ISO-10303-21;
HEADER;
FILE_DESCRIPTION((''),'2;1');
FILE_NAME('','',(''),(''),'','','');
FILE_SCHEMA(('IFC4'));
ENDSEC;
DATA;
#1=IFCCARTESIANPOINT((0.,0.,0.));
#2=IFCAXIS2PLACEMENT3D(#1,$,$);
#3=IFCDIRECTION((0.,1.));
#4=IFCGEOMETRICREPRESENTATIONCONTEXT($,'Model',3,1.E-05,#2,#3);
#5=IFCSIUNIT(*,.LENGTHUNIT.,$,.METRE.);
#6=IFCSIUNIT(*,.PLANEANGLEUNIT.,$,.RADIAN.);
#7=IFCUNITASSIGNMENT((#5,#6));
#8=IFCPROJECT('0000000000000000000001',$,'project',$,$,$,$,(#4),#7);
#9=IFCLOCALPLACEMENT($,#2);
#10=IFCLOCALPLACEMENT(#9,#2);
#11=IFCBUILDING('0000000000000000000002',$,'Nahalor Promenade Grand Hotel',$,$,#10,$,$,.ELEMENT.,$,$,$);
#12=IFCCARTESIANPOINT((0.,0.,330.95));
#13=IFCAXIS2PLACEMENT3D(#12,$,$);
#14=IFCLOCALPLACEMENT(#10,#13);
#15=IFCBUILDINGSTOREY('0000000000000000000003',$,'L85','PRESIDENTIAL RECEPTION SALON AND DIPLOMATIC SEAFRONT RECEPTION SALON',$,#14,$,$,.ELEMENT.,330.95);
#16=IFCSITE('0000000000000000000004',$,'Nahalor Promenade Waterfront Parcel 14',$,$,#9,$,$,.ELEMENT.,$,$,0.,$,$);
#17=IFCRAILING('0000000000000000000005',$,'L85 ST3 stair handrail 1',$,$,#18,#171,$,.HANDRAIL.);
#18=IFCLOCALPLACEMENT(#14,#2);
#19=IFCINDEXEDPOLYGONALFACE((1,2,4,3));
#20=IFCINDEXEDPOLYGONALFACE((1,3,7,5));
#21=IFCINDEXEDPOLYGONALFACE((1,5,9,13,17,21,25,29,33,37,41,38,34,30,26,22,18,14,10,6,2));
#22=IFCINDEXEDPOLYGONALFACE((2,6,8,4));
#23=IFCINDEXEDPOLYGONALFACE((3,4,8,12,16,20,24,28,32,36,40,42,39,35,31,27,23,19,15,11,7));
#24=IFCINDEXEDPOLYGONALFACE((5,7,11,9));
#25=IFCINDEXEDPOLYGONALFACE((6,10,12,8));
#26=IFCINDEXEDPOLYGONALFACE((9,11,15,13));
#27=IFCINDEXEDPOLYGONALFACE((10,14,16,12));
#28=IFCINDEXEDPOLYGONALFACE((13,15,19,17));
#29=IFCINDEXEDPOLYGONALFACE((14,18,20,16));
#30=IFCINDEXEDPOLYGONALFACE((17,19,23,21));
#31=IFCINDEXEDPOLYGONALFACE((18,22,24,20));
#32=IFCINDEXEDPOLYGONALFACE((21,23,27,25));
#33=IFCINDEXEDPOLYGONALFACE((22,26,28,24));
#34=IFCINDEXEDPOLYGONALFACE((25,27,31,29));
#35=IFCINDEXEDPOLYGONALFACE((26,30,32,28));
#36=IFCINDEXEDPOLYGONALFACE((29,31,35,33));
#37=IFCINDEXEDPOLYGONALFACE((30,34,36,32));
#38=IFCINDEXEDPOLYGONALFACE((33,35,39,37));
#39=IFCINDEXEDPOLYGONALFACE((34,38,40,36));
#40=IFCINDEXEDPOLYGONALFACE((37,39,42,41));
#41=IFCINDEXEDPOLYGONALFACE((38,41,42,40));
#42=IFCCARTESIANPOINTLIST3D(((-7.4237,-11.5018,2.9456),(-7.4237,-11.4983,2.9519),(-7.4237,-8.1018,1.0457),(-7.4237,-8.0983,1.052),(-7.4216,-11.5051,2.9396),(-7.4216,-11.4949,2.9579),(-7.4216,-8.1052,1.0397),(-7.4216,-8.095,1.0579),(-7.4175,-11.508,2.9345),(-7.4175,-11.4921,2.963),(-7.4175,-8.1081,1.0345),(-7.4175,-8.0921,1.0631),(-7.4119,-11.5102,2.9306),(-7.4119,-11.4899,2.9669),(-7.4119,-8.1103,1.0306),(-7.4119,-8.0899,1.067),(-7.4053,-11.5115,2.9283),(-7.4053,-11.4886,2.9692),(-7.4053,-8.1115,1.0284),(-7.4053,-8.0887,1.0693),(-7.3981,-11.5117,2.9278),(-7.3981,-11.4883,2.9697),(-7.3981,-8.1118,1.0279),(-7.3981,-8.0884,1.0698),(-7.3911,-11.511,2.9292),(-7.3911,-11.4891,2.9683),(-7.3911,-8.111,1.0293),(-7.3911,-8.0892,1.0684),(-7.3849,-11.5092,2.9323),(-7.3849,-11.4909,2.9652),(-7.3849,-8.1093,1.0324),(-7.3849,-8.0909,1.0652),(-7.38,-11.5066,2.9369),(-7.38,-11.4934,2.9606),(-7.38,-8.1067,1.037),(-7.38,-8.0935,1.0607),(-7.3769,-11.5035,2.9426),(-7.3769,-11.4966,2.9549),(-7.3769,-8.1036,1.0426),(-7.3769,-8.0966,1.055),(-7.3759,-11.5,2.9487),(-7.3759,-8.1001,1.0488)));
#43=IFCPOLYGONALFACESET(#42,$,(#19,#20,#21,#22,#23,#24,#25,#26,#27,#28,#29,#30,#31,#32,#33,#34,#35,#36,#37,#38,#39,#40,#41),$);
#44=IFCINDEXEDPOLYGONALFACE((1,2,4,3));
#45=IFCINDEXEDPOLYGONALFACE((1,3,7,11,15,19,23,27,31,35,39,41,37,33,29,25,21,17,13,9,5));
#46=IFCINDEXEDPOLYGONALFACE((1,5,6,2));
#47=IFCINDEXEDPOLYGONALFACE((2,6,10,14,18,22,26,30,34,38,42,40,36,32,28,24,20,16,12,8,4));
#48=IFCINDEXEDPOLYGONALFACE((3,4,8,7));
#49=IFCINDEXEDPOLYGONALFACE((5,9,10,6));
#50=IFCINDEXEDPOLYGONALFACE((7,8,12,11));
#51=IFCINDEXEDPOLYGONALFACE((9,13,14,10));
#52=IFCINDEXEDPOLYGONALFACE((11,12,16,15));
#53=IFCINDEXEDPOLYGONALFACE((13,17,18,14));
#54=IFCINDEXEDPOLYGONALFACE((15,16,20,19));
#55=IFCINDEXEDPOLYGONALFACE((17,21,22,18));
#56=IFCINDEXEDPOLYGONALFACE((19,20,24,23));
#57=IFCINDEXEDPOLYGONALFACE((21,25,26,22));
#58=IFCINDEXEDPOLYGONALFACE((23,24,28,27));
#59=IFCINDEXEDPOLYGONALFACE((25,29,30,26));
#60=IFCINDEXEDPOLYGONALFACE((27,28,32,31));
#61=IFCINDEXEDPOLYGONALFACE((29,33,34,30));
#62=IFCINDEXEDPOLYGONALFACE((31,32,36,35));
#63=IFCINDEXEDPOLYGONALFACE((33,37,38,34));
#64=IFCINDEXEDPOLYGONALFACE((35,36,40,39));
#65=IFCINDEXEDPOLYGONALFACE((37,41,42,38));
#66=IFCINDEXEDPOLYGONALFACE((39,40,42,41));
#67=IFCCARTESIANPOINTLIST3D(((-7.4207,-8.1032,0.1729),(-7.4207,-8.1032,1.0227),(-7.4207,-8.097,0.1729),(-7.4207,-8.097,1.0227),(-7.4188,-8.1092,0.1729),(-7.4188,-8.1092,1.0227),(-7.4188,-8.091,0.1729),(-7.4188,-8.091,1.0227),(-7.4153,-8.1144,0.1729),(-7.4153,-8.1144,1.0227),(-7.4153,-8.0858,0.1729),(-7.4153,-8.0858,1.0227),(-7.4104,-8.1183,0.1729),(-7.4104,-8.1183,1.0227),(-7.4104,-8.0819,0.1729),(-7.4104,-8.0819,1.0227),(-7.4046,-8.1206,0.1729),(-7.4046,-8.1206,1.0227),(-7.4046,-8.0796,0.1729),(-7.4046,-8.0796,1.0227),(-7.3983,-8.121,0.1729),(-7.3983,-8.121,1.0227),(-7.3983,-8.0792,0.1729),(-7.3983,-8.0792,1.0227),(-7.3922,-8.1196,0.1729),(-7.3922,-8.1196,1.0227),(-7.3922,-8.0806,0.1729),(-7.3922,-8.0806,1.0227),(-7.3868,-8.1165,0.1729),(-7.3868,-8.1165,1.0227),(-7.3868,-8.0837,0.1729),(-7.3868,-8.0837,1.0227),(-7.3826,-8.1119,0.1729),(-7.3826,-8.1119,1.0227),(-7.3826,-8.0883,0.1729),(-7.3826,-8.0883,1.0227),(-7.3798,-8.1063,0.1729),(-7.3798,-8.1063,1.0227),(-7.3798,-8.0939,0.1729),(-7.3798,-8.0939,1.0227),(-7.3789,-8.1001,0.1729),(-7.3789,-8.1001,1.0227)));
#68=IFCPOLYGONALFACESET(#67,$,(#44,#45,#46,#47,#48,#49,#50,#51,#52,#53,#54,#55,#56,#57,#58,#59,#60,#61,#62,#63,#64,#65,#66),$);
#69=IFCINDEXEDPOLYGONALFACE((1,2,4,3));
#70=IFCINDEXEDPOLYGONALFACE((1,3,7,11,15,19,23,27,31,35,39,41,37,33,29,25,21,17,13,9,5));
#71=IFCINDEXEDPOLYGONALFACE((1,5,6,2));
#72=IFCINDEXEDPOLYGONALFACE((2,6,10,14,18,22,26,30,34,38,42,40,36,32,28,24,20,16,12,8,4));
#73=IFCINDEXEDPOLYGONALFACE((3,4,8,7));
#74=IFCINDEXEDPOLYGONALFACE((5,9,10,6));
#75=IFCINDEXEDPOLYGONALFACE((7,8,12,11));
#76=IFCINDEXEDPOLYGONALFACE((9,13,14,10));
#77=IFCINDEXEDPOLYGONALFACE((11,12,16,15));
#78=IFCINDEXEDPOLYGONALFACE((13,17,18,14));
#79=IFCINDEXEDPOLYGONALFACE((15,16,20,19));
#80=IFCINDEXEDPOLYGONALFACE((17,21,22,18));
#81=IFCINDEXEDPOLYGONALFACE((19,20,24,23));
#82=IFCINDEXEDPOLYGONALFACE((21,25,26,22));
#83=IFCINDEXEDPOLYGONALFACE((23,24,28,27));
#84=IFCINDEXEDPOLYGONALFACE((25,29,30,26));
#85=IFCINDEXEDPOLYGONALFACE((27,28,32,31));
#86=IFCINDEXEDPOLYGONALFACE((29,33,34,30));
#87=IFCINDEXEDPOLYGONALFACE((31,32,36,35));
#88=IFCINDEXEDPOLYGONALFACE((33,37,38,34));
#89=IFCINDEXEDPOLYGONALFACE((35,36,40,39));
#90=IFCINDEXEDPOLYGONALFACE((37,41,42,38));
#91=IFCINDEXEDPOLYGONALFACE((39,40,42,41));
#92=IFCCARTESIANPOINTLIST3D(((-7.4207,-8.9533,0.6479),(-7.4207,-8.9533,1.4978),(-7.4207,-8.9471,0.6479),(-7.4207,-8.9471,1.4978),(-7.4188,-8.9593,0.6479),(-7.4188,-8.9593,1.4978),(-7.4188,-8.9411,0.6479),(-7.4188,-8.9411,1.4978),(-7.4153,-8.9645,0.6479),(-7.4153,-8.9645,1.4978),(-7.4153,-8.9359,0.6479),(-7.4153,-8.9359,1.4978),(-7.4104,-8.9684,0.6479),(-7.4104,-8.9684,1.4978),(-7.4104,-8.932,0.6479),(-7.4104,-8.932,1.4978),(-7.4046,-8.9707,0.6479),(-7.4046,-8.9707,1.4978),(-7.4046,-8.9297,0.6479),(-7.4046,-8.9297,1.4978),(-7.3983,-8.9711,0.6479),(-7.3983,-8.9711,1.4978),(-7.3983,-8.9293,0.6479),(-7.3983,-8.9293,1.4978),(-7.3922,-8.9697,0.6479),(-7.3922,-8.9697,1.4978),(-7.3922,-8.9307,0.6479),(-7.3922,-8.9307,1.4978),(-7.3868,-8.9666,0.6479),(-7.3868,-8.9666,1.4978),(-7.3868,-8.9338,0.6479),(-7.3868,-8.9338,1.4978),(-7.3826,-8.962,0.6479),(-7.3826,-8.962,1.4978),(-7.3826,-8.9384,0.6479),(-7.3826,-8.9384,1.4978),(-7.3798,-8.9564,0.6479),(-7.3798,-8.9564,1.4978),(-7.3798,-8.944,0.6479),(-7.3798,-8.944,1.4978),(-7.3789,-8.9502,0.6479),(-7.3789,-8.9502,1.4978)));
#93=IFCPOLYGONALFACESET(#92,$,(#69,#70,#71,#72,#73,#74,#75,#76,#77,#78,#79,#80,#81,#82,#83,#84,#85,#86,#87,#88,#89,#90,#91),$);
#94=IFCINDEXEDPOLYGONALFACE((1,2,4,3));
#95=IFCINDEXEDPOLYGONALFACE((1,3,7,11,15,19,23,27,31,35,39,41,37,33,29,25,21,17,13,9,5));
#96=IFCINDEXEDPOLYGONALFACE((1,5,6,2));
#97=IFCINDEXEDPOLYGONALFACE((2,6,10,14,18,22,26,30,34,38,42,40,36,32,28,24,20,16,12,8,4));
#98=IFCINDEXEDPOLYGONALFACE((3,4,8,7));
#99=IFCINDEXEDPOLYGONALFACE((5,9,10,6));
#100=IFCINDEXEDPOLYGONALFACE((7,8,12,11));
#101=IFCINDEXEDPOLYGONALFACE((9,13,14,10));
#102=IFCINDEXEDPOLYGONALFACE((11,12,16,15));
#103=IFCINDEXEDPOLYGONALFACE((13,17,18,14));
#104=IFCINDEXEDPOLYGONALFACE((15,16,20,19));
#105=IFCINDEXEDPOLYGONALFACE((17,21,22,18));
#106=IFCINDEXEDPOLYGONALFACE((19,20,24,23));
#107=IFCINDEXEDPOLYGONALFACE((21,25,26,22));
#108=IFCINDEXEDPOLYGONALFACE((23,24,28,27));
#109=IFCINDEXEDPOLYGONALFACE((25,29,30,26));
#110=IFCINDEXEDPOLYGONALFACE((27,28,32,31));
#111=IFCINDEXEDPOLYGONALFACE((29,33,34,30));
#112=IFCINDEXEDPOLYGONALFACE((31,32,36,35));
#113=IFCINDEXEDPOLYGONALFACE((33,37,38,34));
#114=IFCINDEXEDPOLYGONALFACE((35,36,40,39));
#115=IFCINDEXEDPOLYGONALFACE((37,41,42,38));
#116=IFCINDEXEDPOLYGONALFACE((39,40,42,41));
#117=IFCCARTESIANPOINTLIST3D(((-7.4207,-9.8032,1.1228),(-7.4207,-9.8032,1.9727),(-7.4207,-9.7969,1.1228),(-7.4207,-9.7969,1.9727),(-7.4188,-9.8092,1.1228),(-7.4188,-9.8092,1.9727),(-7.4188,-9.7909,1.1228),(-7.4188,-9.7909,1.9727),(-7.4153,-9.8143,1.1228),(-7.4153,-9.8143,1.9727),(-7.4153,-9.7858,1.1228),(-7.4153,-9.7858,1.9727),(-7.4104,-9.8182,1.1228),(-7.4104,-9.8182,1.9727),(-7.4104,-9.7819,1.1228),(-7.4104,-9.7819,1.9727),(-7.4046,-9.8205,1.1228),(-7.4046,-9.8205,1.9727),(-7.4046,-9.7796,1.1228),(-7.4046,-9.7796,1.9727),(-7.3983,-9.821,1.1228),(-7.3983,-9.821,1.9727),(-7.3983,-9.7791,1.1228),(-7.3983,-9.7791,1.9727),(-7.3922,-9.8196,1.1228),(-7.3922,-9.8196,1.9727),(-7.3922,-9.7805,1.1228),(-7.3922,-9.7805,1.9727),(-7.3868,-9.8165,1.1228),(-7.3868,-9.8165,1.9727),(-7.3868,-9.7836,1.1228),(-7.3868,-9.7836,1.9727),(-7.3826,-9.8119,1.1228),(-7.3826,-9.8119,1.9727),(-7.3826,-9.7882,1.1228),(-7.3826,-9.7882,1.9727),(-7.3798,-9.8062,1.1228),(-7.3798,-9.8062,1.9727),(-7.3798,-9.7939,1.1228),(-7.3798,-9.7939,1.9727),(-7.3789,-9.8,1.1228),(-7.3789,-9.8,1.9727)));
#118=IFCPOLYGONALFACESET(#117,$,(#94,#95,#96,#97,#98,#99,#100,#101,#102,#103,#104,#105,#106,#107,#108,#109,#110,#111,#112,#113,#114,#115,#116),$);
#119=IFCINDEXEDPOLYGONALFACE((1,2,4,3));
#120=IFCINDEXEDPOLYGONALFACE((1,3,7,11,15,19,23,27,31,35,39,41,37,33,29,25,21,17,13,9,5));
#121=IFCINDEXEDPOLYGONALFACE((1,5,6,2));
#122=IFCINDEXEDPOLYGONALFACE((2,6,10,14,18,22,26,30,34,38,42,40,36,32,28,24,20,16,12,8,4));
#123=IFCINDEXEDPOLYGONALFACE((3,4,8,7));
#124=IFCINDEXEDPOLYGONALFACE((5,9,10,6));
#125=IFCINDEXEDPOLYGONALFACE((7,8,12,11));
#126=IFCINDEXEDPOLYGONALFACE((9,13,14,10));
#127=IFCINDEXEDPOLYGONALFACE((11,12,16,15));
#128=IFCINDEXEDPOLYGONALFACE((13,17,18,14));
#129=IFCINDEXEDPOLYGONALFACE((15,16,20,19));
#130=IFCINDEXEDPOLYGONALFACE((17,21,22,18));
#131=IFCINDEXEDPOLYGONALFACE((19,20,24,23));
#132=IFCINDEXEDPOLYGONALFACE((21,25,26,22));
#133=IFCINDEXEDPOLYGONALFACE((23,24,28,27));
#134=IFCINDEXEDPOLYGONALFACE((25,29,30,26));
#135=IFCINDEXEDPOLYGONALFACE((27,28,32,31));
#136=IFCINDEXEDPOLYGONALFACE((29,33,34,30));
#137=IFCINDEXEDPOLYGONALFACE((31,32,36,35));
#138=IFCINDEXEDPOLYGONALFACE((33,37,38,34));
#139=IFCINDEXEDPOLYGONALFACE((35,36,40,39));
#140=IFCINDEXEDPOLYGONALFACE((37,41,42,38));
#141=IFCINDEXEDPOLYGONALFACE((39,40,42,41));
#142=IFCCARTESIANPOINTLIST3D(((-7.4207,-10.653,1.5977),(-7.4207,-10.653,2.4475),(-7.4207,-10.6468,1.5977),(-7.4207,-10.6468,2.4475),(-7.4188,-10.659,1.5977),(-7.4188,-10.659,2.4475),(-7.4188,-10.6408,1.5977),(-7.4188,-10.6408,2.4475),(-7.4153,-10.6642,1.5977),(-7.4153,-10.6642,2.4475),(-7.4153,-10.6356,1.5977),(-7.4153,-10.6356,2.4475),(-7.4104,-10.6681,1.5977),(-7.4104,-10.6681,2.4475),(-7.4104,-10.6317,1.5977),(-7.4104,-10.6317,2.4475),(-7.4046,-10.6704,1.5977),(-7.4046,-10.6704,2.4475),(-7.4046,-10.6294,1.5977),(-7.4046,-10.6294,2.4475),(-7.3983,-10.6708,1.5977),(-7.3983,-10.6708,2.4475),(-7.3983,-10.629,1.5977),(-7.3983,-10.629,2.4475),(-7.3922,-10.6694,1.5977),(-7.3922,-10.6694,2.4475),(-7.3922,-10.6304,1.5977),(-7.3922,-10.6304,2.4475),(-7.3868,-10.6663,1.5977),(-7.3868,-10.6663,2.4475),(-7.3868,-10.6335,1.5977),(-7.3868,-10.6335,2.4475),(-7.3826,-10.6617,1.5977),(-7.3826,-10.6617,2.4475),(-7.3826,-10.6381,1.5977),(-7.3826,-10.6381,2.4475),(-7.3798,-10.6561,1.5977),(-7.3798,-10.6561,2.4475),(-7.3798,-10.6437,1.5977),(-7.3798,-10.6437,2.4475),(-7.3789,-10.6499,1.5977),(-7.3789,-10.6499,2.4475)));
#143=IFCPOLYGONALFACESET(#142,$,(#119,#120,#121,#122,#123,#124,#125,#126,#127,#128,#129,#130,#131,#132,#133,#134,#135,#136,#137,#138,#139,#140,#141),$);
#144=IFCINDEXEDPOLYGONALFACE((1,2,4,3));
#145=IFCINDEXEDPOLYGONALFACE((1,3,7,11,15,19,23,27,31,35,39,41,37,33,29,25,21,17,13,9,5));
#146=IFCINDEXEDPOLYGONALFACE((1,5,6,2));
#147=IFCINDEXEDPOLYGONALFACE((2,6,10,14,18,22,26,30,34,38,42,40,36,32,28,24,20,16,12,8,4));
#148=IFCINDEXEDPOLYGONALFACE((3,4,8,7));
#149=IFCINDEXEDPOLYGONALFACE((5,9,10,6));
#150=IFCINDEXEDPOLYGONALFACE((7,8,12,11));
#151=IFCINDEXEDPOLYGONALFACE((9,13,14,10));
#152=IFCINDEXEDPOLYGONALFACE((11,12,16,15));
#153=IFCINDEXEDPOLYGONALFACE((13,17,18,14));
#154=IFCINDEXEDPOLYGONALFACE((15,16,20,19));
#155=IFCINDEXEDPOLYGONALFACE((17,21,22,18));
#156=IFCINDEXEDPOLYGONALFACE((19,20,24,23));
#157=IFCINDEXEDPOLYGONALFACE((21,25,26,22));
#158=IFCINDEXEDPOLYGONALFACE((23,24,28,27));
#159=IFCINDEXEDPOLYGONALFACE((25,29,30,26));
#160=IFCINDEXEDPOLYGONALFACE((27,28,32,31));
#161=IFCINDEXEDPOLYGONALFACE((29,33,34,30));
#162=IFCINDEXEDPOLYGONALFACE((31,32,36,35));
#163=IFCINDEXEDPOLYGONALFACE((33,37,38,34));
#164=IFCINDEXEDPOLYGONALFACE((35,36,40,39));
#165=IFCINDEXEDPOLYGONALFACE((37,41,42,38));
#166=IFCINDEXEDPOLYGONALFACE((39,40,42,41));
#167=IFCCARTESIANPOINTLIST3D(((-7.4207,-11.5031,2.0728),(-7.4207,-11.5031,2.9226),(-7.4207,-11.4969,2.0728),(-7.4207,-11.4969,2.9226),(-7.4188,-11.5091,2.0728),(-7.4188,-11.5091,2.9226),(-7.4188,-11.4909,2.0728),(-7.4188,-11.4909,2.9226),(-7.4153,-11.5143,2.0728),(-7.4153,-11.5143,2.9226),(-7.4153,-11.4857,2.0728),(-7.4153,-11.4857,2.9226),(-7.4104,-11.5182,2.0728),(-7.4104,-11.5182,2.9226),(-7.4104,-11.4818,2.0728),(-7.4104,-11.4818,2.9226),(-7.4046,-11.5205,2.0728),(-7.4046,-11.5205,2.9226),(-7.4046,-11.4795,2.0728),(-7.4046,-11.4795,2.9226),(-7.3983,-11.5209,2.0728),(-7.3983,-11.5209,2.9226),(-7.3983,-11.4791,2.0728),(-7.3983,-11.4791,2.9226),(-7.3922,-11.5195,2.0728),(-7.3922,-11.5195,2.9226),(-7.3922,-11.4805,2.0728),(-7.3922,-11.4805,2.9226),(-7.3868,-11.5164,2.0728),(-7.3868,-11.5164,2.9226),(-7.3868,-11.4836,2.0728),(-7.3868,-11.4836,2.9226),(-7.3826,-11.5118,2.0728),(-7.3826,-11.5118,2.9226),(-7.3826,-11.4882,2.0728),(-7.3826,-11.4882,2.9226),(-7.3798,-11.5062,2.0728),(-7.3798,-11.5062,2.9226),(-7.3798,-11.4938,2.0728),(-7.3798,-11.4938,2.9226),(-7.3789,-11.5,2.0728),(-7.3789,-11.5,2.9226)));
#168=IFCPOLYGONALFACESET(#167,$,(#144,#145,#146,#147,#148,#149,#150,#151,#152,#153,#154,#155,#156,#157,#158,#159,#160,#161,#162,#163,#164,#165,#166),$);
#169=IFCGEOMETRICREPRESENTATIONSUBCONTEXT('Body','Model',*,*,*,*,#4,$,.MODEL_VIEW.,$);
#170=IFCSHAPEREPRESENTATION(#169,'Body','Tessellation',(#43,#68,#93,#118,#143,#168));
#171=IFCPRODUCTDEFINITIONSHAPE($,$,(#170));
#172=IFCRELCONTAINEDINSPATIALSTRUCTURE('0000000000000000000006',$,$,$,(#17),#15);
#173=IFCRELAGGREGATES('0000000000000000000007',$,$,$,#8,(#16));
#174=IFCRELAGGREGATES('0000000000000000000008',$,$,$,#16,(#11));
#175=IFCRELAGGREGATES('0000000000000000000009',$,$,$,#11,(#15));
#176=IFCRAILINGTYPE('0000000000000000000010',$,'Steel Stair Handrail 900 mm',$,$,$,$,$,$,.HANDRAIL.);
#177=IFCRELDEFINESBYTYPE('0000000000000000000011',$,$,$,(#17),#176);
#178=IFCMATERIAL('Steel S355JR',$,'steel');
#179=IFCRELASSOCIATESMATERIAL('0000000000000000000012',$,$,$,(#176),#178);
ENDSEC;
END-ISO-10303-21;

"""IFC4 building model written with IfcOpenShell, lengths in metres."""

from ifc_helpers import new_model, si_unit, direction, frame, origin, origin_2d, place, context, subcontext, project, spatial, circle, extrude, material, type_object, element, save


model = new_model("IFC4")

# Units and contexts
model_context = context("Model", 3, precision=1e-05, world=origin(), true_north=direction((0.0, 1.0)))
body_context = subcontext(model_context, "Body", "Model", "MODEL_VIEW")
ifc_project = project(units=[si_unit("LENGTHUNIT", "METRE"), si_unit("PLANEANGLEUNIT", "RADIAN")], contexts=[model_context])

# Site, building, storey
site_placement = place(None, origin())
site = spatial("IfcSite", under=ifc_project, at=site_placement, Name="Nahalor Promenade Waterfront Parcel 14", CompositionType="ELEMENT", RefElevation=0.0)
building_placement = place(site_placement, origin())
building = spatial("IfcBuilding", under=site, at=building_placement, Name="Nahalor Promenade Grand Hotel", CompositionType="ELEMENT")
storey_placement = place(building_placement, frame((0.0, 0.0, 330.95)))
storey = spatial("IfcBuildingStorey", under=building, at=storey_placement, Name="L85", Description="PRESIDENTIAL RECEPTION SALON AND DIPLOMATIC SEAFRONT RECEPTION SALON", CompositionType="ELEMENT", Elevation=330.95)

# Shared definitions
ifc_material_1 = material(Name="Steel S355JR", Category="steel")

# Railing
railing_type_1 = type_object("IfcRailingType", Name="Steel Stair Handrail 900 mm", PredefinedType="HANDRAIL", material=ifc_material_1)
railing_1_placement = place(storey_placement, frame((-7.3999, -8.1001, 0.1729)))
element("IfcRailing", 1, at=railing_1_placement, inside=storey, type_object=railing_type_1, Name="L85 ST3 stair handrail 1", PredefinedType="HANDRAIL", context=body_context, shape_type="SweptSolid", body=[
    extrude(circle(Radius=0.024, at=origin_2d()), frame((0.0, 0.0, 0.876), z_axis=(0.0, -0.872948, 0.487813), x_axis=(1.0, 0.0, 0.0)), (0.0, 0.0, 1.0), 3.8948),
    extrude(circle(Radius=0.021, at=origin_2d()), origin(), (0.0, 0.0, 1.0), 0.8499),
    extrude(circle(Radius=0.021, at=origin_2d()), frame((0.0, -0.8501, 0.4751)), (0.0, 0.0, 1.0), 0.8499),
    extrude(circle(Radius=0.021, at=origin_2d()), frame((0.0, -1.7, 0.95)), (0.0, 0.0, 1.0), 0.8499),
    extrude(circle(Radius=0.021, at=origin_2d()), frame((0.0, -2.5498, 1.4248)), (0.0, 0.0, 1.0), 0.8499),
    extrude(circle(Radius=0.021, at=origin_2d()), frame((0.0, -3.3999, 1.8999)), (0.0, 0.0, 1.0), 0.8499),
])

save(model, "model.ifc")
